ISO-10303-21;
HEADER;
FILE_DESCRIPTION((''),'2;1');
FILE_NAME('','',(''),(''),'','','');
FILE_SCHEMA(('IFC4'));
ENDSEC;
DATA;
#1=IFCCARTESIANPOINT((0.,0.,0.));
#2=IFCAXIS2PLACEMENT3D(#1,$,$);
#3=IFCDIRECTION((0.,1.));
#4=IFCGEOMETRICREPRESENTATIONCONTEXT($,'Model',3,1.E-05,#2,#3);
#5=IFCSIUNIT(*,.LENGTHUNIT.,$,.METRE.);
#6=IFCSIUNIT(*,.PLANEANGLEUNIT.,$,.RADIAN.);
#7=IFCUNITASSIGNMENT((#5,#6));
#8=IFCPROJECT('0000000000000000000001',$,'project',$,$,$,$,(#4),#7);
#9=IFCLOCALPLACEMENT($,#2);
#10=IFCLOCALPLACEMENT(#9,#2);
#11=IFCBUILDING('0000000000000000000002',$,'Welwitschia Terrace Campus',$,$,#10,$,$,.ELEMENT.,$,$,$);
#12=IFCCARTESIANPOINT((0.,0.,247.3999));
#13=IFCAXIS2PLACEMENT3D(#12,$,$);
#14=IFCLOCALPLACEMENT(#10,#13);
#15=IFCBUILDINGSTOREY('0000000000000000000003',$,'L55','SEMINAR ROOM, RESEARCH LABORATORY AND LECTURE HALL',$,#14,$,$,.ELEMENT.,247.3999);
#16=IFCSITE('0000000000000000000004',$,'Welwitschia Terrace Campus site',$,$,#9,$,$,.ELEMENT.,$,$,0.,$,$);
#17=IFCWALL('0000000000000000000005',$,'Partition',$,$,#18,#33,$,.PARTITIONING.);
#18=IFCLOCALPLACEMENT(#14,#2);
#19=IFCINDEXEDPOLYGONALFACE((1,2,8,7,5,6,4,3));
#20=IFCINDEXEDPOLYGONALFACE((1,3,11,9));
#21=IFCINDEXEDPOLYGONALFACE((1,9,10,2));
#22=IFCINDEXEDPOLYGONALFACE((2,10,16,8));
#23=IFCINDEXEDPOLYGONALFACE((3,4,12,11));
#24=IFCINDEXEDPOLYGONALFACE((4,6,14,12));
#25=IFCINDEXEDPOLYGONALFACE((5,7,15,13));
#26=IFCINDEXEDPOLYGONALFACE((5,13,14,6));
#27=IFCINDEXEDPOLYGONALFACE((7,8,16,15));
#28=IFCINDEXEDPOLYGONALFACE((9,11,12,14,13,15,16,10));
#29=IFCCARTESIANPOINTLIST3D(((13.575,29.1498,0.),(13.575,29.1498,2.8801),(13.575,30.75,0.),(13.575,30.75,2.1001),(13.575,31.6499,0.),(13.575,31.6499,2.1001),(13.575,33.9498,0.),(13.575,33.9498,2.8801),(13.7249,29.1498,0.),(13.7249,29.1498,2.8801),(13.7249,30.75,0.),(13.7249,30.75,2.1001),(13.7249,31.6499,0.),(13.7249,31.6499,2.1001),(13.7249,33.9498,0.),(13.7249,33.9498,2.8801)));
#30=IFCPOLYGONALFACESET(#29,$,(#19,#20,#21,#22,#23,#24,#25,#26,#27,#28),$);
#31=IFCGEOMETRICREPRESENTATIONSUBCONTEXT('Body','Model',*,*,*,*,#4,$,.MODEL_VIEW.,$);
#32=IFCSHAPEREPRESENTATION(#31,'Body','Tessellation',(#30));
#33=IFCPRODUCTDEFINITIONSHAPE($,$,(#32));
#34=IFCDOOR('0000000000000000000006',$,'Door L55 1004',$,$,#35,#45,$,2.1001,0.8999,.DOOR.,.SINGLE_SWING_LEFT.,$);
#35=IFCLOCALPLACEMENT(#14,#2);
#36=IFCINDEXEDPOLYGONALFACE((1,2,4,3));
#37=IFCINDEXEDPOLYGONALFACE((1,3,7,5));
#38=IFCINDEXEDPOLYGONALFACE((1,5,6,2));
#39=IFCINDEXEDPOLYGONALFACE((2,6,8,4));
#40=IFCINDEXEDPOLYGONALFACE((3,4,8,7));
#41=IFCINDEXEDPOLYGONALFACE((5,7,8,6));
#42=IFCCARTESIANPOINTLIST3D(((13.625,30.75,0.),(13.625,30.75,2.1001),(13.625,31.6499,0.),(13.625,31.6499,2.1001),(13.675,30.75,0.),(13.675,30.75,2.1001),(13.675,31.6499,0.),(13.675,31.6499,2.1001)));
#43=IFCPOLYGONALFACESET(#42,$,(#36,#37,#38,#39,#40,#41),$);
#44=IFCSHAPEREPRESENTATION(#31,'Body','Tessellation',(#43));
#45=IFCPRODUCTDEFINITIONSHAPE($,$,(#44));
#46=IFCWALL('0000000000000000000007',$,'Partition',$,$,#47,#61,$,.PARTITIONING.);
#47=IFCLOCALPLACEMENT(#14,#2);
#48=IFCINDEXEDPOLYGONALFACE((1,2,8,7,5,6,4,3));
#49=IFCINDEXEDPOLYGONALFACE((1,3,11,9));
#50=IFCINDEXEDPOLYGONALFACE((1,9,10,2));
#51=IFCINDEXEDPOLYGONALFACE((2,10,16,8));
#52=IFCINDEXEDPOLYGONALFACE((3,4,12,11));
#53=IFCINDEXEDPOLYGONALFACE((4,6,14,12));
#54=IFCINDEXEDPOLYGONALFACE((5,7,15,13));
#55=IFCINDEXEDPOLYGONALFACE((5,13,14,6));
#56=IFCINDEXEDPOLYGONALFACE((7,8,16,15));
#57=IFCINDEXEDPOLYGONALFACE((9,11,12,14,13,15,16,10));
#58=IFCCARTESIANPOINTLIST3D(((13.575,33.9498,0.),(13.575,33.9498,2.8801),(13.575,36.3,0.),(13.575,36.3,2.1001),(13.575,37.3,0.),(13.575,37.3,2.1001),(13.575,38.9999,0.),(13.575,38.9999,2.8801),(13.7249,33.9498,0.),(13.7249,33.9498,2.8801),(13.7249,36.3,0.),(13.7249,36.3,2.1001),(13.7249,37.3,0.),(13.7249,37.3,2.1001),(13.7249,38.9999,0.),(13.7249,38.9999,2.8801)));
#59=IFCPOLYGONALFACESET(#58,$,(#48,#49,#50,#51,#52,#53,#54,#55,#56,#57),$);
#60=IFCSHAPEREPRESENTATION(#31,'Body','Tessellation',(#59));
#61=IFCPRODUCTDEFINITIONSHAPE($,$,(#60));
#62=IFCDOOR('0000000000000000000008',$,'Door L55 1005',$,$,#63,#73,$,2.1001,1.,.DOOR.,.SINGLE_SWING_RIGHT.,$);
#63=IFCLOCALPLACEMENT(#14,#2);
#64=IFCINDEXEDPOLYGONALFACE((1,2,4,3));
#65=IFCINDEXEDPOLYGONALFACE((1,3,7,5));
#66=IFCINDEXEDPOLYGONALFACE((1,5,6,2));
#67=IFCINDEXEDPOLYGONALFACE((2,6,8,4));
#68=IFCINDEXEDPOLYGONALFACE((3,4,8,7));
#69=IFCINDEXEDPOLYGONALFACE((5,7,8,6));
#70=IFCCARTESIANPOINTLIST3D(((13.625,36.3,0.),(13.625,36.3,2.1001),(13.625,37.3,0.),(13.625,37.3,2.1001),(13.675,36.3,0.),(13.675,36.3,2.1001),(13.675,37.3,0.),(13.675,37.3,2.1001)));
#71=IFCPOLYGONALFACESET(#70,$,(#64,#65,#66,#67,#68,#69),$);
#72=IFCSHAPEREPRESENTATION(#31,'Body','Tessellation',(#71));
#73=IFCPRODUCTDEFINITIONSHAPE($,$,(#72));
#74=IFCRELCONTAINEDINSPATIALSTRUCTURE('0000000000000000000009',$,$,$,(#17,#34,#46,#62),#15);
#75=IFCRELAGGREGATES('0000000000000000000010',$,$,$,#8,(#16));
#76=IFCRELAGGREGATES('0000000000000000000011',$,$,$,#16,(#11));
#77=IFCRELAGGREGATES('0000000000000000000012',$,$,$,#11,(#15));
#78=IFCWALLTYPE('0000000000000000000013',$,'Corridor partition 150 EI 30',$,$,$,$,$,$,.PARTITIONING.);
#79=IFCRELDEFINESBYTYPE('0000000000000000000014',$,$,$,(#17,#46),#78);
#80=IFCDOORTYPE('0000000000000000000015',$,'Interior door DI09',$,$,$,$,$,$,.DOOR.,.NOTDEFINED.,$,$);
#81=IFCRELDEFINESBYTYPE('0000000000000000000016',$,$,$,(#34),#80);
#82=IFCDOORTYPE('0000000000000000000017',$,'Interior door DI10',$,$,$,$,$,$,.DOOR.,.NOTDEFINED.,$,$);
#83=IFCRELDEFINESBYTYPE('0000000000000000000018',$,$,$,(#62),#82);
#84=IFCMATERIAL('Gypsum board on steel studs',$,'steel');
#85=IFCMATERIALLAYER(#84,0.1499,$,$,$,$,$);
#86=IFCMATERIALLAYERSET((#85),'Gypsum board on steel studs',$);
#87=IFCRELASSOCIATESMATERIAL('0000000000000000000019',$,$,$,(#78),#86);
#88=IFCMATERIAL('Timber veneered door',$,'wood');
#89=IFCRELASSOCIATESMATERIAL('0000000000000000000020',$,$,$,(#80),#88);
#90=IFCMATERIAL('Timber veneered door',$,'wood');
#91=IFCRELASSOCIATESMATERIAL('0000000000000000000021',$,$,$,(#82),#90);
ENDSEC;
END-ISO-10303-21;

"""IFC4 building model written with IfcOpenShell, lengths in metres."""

from ifc_helpers import new_model, si_unit, direction, frame, frame_2d, origin, place, context, subcontext, project, spatial, rectangle, extrude, material, layer, layer_set, type_object, element, fill, save


model = new_model("IFC4")

# Units and contexts
model_context = context("Model", 3, precision=1e-05, world=origin(), true_north=direction((0.0, 1.0)))
body_context = subcontext(model_context, "Body", "Model", "MODEL_VIEW")
ifc_project = project(units=[si_unit("LENGTHUNIT", "METRE"), si_unit("PLANEANGLEUNIT", "RADIAN")], contexts=[model_context])

# Site, building, storey
site_placement = place(None, origin())
site = spatial("IfcSite", under=ifc_project, at=site_placement, Name="Welwitschia Terrace Campus site", CompositionType="ELEMENT", RefElevation=0.0)
building_placement = place(site_placement, origin())
building = spatial("IfcBuilding", under=site, at=building_placement, Name="Welwitschia Terrace Campus", CompositionType="ELEMENT")
storey_placement = place(building_placement, frame((0.0, 0.0, 247.3999)))
storey = spatial("IfcBuildingStorey", under=building, at=storey_placement, Name="L55", Description="SEMINAR ROOM, RESEARCH LABORATORY AND LECTURE HALL", CompositionType="ELEMENT", Elevation=247.3999)

# Shared definitions
ifc_material_1 = material(Name="Gypsum board on steel studs", Category="steel")
ifc_layer_1 = layer(ifc_material_1, 0.1499)
ifc_layer_set_1 = layer_set([ifc_layer_1], Name="Gypsum board on steel studs")
wall_type = type_object("IfcWallType", Name="Corridor partition 150 EI 30", PredefinedType="PARTITIONING", material=ifc_layer_set_1)

# Shared definitions
ifc_material_2 = material(Name="Timber veneered door", Category="wood")
door_type_1 = type_object("IfcDoorType", Name="Interior door DI09", OperationType="NOTDEFINED", PredefinedType="DOOR", material=ifc_material_2)

# Walls, openings, doors
wall_1_placement = place(storey_placement, frame((13.6499, 29.1499, 0.0), z_axis=(0.0, 0.0, 1.0), x_axis=(0.0, 1.0, 0.0)))
wall_1 = element("IfcWall", 1, at=wall_1_placement, inside=storey, type_object=wall_type, Name="Partition", PredefinedType="PARTITIONING", context=body_context, shape_type="SweptSolid", body=[
    extrude(rectangle(XDim=4.8, YDim=0.1499, at=frame_2d((2.3999, 0.0))), origin(), (0.0, 0.0, 1.0), 2.8801),
])
opening_1_placement = place(wall_1_placement, frame((1.6001, 0.0, 0.0)))
opening_1 = element("IfcOpeningElement", 2, at=opening_1_placement, cuts=wall_1, PredefinedType="OPENING", context=body_context, shape_type="SweptSolid", body=[
    extrude(rectangle(XDim=0.8999, YDim=2.1001, at=frame_2d((0.45, 1.05))), frame((0.0, 0.085, 0.0), z_axis=(0.0, -1.0, 0.0), x_axis=(1.0, 0.0, 0.0)), (0.0, 0.0, 1.0), 0.1699),
])
door_1_placement = place(opening_1_placement, origin())
door_1 = element("IfcDoor", 3, at=door_1_placement, inside=storey, type_object=door_type_1, Name="Door L55 1004", OperationType="SINGLE_SWING_LEFT", OverallHeight=2.1001, OverallWidth=0.8999, PredefinedType="DOOR", context=body_context, shape_type="SweptSolid", body=[
    extrude(rectangle(XDim=0.8999, YDim=2.1001, at=frame_2d((0.45, 1.05))), frame((0.0, 0.0249, 0.0), z_axis=(0.0, -1.0, 0.0), x_axis=(1.0, 0.0, 0.0)), (0.0, 0.0, 1.0), 0.05),
])
fill(opening_1, door_1)
wall_2_placement = place(storey_placement, frame((13.6499, 33.95, 0.0), z_axis=(0.0, 0.0, 1.0), x_axis=(0.0, 1.0, 0.0)))
wall_2 = element("IfcWall", 4, at=wall_2_placement, inside=storey, type_object=wall_type, Name="Partition", PredefinedType="PARTITIONING", context=body_context, shape_type="SweptSolid", body=[
    extrude(rectangle(XDim=5.05, YDim=0.1499, at=frame_2d((2.5249, 0.0))), origin(), (0.0, 0.0, 1.0), 2.8801),
])
opening_2_placement = place(wall_2_placement, frame((2.3501, 0.0, 0.0)))
opening_2 = element("IfcOpeningElement", 5, at=opening_2_placement, cuts=wall_2, PredefinedType="OPENING", context=body_context, shape_type="SweptSolid", body=[
    extrude(rectangle(XDim=1.0, YDim=2.1001, at=frame_2d((0.5, 1.05))), frame((0.0, 0.085, 0.0), z_axis=(0.0, -1.0, 0.0), x_axis=(1.0, 0.0, 0.0)), (0.0, 0.0, 1.0), 0.1699),
])
ifc_material_3 = material(Name="Timber veneered door", Category="wood")
door_type_2 = type_object("IfcDoorType", Name="Interior door DI10", OperationType="NOTDEFINED", PredefinedType="DOOR", material=ifc_material_3)
door_2_placement = place(opening_2_placement, origin())
door_2 = element("IfcDoor", 6, at=door_2_placement, inside=storey, type_object=door_type_2, Name="Door L55 1005", OperationType="SINGLE_SWING_RIGHT", OverallHeight=2.1001, OverallWidth=1.0, PredefinedType="DOOR", context=body_context, shape_type="SweptSolid", body=[
    extrude(rectangle(XDim=1.0, YDim=2.1001, at=frame_2d((0.5, 1.05))), frame((0.0, 0.0249, 0.0), z_axis=(0.0, -1.0, 0.0), x_axis=(1.0, 0.0, 0.0)), (0.0, 0.0, 1.0), 0.05),
])
fill(opening_2, door_2)

save(model, "model.ifc")
